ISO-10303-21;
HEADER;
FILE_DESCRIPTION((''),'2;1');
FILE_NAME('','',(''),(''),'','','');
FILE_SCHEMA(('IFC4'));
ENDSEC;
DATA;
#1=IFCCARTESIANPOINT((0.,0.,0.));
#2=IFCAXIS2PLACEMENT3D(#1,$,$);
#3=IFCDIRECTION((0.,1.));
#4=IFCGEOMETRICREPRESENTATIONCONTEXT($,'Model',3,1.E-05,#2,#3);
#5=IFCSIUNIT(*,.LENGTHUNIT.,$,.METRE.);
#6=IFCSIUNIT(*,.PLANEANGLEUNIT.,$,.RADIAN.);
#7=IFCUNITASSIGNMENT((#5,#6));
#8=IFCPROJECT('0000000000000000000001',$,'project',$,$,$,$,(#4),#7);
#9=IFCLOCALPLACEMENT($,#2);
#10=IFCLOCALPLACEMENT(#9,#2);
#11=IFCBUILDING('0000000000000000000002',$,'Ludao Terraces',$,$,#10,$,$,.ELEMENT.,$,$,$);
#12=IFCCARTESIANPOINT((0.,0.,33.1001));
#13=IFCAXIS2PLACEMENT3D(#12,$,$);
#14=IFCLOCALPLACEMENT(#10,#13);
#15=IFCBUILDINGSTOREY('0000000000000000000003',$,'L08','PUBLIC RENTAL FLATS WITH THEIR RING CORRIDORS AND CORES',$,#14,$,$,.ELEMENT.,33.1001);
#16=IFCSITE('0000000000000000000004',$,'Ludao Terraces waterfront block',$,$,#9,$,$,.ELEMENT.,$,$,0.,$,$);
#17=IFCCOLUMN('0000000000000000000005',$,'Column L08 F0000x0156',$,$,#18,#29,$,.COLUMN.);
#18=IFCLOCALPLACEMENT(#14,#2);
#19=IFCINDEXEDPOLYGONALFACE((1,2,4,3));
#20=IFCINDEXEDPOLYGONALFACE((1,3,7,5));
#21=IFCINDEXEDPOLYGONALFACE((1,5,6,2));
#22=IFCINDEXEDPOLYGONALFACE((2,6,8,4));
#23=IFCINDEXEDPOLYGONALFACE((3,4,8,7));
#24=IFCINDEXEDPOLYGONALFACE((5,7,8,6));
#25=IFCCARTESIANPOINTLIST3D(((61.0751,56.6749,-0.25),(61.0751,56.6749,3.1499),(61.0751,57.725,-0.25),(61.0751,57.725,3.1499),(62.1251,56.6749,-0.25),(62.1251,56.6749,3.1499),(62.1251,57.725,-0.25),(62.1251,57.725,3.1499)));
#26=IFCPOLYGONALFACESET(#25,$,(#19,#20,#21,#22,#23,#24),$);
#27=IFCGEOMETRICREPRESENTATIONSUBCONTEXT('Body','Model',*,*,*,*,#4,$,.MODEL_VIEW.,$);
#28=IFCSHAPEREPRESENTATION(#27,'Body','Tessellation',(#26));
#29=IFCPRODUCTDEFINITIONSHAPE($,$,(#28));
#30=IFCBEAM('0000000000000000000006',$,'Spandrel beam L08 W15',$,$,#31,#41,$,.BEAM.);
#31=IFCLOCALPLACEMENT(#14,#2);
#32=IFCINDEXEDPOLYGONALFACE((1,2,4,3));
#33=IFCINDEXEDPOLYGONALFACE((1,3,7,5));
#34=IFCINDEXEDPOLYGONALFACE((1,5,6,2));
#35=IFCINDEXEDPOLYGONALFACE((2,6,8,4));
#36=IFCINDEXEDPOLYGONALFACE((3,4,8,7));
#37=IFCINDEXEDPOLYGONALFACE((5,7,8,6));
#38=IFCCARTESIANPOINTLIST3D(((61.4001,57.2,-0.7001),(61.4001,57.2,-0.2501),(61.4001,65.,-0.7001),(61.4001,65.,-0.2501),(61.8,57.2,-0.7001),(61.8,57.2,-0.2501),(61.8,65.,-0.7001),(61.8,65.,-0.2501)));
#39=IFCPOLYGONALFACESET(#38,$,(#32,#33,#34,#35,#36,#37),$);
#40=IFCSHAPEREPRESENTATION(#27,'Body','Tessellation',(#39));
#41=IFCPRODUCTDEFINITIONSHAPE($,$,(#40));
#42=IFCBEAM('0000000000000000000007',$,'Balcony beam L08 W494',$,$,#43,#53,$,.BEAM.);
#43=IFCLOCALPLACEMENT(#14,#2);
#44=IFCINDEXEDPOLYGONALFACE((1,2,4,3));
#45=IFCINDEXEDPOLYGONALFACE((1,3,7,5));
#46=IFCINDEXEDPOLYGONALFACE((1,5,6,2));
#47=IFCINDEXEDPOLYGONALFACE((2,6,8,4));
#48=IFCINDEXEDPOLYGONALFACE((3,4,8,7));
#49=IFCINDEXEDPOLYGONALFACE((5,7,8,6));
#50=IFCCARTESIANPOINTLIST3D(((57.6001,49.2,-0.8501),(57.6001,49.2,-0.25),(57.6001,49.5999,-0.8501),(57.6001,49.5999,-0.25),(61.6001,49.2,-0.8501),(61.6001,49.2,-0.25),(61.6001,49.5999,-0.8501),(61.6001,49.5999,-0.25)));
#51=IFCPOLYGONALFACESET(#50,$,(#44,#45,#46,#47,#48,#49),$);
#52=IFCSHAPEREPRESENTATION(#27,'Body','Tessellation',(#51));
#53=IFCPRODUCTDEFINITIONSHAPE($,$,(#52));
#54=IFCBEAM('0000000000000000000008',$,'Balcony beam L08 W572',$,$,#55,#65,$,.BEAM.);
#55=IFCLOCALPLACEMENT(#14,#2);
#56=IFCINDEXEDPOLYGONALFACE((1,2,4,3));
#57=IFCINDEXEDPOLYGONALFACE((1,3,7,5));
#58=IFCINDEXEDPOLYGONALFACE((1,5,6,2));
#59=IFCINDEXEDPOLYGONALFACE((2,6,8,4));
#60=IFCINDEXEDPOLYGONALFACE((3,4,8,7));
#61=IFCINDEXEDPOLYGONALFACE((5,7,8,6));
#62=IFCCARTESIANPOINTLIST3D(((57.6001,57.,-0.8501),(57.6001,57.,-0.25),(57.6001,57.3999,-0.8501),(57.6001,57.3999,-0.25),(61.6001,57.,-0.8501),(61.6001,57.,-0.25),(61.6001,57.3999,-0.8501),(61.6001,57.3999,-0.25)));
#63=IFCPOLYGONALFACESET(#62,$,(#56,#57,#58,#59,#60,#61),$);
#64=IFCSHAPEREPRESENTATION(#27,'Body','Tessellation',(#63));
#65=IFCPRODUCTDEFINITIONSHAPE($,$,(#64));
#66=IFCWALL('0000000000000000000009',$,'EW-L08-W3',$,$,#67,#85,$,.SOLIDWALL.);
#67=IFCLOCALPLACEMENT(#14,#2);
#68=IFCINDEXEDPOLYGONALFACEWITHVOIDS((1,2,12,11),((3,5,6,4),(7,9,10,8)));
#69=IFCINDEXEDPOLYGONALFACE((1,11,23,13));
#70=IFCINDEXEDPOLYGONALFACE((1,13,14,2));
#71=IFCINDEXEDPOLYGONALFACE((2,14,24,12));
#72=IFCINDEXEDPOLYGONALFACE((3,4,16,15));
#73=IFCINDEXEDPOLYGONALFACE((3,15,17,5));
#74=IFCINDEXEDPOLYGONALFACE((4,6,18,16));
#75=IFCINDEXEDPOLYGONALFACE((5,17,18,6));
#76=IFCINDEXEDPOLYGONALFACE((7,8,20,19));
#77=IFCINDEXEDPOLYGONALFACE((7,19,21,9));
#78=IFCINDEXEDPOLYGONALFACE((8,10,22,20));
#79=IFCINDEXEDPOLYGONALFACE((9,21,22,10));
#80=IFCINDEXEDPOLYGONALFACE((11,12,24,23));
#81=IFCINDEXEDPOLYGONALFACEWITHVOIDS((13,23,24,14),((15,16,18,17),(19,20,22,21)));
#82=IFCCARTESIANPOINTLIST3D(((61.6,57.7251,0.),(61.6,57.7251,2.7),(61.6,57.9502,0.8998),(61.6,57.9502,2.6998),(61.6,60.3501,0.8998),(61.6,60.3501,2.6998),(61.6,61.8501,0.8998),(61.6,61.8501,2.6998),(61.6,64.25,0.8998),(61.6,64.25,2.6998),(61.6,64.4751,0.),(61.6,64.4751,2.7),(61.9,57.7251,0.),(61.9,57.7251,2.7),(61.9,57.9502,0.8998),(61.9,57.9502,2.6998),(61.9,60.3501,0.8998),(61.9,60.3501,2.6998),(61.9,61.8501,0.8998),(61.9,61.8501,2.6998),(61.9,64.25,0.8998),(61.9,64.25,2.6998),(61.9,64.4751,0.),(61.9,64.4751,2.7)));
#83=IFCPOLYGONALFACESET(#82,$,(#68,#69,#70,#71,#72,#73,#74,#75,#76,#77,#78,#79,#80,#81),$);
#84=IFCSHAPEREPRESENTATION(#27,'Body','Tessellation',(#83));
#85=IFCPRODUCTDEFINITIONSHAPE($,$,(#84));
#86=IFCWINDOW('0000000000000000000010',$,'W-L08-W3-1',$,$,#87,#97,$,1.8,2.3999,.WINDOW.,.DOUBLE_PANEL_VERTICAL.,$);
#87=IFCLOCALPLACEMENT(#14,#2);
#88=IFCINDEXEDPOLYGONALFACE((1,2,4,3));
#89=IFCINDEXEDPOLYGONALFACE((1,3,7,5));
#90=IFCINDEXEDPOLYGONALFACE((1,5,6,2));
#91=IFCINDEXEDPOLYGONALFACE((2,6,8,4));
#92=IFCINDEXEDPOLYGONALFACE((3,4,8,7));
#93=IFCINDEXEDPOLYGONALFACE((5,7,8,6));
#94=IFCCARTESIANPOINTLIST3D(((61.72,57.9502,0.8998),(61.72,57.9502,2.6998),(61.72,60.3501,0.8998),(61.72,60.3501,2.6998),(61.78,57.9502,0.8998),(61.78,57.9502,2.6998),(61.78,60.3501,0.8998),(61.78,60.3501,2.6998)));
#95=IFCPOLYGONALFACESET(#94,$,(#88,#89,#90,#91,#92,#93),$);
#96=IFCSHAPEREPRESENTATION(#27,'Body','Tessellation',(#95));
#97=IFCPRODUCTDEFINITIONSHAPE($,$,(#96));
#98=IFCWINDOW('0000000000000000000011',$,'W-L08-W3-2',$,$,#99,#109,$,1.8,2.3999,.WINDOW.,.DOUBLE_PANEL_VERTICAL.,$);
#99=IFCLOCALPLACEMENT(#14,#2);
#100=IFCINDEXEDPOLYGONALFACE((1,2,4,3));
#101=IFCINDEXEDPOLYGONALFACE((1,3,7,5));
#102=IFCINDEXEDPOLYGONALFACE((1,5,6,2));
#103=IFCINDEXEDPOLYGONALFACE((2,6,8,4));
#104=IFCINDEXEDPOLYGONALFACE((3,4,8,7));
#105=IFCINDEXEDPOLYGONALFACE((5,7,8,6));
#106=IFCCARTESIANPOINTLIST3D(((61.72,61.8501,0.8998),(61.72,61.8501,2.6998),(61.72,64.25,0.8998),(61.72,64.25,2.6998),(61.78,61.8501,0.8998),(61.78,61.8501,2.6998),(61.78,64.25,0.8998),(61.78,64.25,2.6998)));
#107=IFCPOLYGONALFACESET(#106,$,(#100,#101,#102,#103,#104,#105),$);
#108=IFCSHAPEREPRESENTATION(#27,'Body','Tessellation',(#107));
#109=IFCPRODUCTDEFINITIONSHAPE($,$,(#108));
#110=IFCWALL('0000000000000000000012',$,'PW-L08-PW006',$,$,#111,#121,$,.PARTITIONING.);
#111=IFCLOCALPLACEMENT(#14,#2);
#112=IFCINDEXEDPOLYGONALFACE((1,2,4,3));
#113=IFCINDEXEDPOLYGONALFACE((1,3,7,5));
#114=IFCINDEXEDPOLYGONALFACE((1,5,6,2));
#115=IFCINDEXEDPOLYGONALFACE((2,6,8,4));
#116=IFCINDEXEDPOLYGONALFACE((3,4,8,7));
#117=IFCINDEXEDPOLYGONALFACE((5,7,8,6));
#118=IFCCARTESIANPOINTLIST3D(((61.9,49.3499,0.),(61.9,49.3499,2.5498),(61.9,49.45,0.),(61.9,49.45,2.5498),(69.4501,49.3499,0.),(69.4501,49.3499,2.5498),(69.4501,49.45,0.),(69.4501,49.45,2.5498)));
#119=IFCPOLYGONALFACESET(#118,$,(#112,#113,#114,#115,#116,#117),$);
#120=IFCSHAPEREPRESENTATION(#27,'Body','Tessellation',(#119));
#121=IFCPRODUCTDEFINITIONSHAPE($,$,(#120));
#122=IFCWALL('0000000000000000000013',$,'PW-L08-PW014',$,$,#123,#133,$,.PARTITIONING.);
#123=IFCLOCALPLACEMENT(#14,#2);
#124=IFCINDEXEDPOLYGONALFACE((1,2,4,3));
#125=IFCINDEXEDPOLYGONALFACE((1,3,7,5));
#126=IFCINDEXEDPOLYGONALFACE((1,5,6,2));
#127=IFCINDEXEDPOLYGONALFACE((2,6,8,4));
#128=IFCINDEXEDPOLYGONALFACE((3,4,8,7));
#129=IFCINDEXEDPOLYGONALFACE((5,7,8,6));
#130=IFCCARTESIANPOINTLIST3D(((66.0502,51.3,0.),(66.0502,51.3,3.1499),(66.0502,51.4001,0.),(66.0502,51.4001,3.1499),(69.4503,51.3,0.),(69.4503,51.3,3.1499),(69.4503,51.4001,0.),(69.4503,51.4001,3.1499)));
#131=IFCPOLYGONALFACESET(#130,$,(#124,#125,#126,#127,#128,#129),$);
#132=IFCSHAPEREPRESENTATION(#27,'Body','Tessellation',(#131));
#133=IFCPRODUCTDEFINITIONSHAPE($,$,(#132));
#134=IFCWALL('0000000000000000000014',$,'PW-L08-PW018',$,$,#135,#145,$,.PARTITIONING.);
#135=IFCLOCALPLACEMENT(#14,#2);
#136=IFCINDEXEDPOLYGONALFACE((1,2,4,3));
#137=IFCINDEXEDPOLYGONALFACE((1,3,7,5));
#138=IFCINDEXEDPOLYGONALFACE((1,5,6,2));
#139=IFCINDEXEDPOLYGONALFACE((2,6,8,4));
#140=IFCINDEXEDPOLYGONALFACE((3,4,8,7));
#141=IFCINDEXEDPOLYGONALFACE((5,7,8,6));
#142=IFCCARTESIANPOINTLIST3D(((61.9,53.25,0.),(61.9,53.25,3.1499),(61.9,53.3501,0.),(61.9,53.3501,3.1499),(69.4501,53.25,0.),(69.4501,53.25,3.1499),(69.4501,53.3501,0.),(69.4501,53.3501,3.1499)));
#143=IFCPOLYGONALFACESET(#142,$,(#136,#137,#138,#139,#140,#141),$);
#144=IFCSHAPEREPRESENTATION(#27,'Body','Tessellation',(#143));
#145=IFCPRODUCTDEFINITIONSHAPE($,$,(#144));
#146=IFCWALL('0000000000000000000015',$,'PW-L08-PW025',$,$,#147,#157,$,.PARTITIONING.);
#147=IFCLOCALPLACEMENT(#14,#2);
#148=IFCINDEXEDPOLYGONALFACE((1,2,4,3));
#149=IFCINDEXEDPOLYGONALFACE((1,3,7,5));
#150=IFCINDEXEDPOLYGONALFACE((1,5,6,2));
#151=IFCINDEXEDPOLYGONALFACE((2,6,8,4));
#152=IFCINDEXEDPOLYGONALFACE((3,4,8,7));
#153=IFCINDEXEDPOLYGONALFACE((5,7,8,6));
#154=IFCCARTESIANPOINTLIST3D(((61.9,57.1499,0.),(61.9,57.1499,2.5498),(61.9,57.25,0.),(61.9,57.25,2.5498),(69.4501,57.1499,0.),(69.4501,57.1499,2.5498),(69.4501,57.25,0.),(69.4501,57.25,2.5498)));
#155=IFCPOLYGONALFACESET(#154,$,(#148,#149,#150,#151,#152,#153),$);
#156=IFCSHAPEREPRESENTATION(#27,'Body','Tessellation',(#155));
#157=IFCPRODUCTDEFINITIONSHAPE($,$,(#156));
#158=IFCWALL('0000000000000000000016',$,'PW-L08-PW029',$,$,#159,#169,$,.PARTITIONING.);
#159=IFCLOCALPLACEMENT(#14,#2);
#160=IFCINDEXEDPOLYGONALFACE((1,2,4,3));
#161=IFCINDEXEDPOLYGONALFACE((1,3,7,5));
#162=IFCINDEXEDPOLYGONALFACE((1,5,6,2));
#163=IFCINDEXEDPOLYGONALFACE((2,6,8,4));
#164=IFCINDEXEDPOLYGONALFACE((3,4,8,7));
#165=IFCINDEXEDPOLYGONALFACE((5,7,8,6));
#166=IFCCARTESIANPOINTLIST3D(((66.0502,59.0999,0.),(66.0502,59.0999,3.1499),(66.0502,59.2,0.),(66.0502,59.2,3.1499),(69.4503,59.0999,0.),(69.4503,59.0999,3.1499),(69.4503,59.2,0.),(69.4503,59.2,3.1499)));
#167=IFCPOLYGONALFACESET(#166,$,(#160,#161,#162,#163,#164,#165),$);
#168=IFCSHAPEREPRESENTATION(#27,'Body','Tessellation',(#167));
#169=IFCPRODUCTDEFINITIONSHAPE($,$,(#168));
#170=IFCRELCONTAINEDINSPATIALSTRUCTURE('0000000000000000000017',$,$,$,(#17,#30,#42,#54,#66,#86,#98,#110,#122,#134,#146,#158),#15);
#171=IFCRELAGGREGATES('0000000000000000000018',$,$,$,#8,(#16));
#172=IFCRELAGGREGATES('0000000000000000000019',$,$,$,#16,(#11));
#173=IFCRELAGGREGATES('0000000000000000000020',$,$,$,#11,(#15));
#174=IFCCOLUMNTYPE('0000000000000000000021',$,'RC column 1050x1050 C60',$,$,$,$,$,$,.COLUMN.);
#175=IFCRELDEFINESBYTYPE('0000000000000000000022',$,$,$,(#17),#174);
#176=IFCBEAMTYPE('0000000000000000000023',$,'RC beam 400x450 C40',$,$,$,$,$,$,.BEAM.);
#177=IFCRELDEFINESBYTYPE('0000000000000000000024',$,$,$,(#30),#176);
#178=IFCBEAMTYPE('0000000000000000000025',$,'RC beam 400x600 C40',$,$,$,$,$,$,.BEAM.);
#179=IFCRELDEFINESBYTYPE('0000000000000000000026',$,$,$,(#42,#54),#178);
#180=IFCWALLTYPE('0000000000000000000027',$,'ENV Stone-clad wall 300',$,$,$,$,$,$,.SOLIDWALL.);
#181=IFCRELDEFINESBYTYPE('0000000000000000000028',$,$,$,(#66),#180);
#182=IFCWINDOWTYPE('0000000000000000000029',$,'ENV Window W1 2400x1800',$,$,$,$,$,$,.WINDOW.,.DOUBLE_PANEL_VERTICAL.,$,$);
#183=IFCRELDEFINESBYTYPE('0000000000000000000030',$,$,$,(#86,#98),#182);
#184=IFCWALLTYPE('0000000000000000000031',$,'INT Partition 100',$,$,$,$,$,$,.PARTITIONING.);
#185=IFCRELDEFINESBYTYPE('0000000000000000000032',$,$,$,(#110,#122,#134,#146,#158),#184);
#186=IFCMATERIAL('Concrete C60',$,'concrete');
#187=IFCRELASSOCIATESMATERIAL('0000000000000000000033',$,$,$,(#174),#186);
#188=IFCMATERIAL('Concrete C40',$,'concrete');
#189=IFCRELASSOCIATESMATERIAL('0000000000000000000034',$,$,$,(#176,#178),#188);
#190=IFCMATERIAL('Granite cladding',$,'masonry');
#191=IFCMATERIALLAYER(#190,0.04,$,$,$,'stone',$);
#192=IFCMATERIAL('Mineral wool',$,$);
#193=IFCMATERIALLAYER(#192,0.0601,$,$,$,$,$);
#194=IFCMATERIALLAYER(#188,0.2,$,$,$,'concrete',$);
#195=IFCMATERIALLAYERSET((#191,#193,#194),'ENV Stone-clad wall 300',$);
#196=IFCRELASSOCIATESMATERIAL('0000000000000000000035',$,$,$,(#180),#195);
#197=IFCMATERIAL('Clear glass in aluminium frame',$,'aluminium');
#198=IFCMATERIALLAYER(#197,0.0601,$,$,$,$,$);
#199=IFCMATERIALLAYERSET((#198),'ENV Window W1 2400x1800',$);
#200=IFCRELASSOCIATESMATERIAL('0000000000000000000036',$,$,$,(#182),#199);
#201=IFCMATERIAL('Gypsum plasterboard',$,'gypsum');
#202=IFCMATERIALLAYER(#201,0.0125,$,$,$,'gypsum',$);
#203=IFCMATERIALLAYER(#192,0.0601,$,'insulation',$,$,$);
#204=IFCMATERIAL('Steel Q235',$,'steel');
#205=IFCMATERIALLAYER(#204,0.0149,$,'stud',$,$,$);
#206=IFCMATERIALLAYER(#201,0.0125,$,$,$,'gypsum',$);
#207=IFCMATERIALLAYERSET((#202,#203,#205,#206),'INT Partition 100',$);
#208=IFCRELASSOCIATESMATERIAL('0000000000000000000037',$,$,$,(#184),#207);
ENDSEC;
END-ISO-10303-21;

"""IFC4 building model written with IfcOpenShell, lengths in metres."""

from ifc_helpers import new_model, si_unit, direction, frame, frame_2d, origin, origin_2d, place, context, subcontext, project, spatial, rectangle, extrude, material, layer, layer_set, material_profile, profile_set, type_object, element, fill, save


model = new_model("IFC4")

# Units and contexts
model_context = context("Model", 3, precision=1e-05, world=origin(), true_north=direction((0.0, 1.0)))
body_context = subcontext(model_context, "Body", "Model", "MODEL_VIEW")
ifc_project = project(units=[si_unit("LENGTHUNIT", "METRE"), si_unit("PLANEANGLEUNIT", "RADIAN")], contexts=[model_context])

# Site, building, storey
site_placement = place(None, origin())
site = spatial("IfcSite", under=ifc_project, at=site_placement, Name="Ludao Terraces waterfront block", CompositionType="ELEMENT", RefElevation=0.0)
building_placement = place(site_placement, origin())
building = spatial("IfcBuilding", under=site, at=building_placement, Name="Ludao Terraces", CompositionType="ELEMENT")
storey_placement = place(building_placement, frame((0.0, 0.0, 33.1001)))
storey = spatial("IfcBuildingStorey", under=building, at=storey_placement, Name="L08", Description="PUBLIC RENTAL FLATS WITH THEIR RING CORRIDORS AND CORES", CompositionType="ELEMENT", Elevation=33.1001)

# Column
ifc_material_1 = material(Name="Concrete C60", Category="concrete")
ifc_material_profile_1 = material_profile(ifc_material_1, rectangle(XDim=1.05, YDim=1.05, at=origin_2d()), Name="1050 X 1050")
ifc_profile_set_1 = profile_set([ifc_material_profile_1], Name="Concrete C60")
column_type = type_object("IfcColumnType", Name="RC column 1050x1050 C60", PredefinedType="COLUMN", material=ifc_profile_set_1)
column_placement = place(storey_placement, frame((61.6001, 57.2, -0.25), z_axis=(0.0, 0.0, 1.0), x_axis=(1.0, 0.0, 0.0)))
element("IfcColumn", 1, at=column_placement, inside=storey, type_object=column_type, Name="Column L08 F0000x0156", PredefinedType="COLUMN", context=body_context, shape_type="SweptSolid", body=[
    extrude(rectangle(XDim=1.05, YDim=1.05, at=origin_2d()), origin(), (0.0, 0.0, 1.0), 3.3999),
])

# Beams
ifc_material_2 = material(Name="Concrete C40", Category="concrete")
ifc_material_profile_2 = material_profile(ifc_material_2, rectangle(XDim=0.3999, YDim=0.45, at=origin_2d()), Name="400 X 450")
ifc_profile_set_2 = profile_set([ifc_material_profile_2], Name="Concrete C40")
beam_type_1 = type_object("IfcBeamType", Name="RC beam 400x450 C40", PredefinedType="BEAM", material=ifc_profile_set_2)
beam_placement = place(storey_placement, frame((61.6001, 57.2, -0.4751), z_axis=(0.0, 1.0, 0.0), x_axis=(-1.0, 0.0, 0.0)))
element("IfcBeam", 2, at=beam_placement, inside=storey, type_object=beam_type_1, Name="Spandrel beam L08 W15", PredefinedType="BEAM", context=body_context, shape_type="SweptSolid", body=[
    extrude(rectangle(XDim=0.3999, YDim=0.45, at=origin_2d()), origin(), (0.0, 0.0, 1.0), 7.8),
])
ifc_material_profile_3 = material_profile(ifc_material_2, rectangle(XDim=0.3999, YDim=0.6001, at=origin_2d()), Name="400 X 600")
ifc_profile_set_3 = profile_set([ifc_material_profile_3], Name="Concrete C40")
beam_type_2 = type_object("IfcBeamType", Name="RC beam 400x600 C40", PredefinedType="BEAM", material=ifc_profile_set_3)
for number, where, z_axis, x_axis, name in (
    (3, (61.6001, 49.3999, -0.55), (-1.0, 0.0, 0.0), (0.0, -1.0, 0.0), "Balcony beam L08 W494"),
    (4, (61.6001, 57.2, -0.55), (-1.0, 0.0, 0.0), (0.0, -1.0, 0.0), "Balcony beam L08 W572"),
):
    element("IfcBeam", number, at=place(storey_placement, frame(where, z_axis=z_axis, x_axis=x_axis)), inside=storey, type_object=beam_type_2, Name=name, PredefinedType="BEAM", context=body_context, shape_type="SweptSolid", body=[
        extrude(rectangle(XDim=0.3999, YDim=0.6001, at=origin_2d()), origin(), (0.0, 0.0, 1.0), 4.0),
    ])

# Shared definitions
ifc_material_3 = material(Name="Granite cladding", Category="masonry")
ifc_layer_1 = layer(ifc_material_3, 0.04, Category="stone")
ifc_material_4 = material(Name="Mineral wool")
ifc_layer_2 = layer(ifc_material_4, 0.0601)
ifc_layer_3 = layer(ifc_material_2, 0.2, Category="concrete")
ifc_layer_set_1 = layer_set([ifc_layer_1, ifc_layer_2, ifc_layer_3], Name="ENV Stone-clad wall 300")
wall_type_1 = type_object("IfcWallType", Name="ENV Stone-clad wall 300", PredefinedType="SOLIDWALL", material=ifc_layer_set_1)
ifc_material_5 = material(Name="Clear glass in aluminium frame", Category="aluminium")
ifc_layer_4 = layer(ifc_material_5, 0.0601)
ifc_layer_set_2 = layer_set([ifc_layer_4], Name="ENV Window W1 2400x1800")
window_type = type_object("IfcWindowType", Name="ENV Window W1 2400x1800", PartitioningType="DOUBLE_PANEL_VERTICAL", PredefinedType="WINDOW", material=ifc_layer_set_2)

# Wall, openings, windows
wall_1_placement = place(storey_placement, frame((61.75, 57.7251, 0.0), z_axis=(0.0, 0.0, 1.0), x_axis=(0.0, 1.0, 0.0)))
wall_1 = element("IfcWall", 5, at=wall_1_placement, inside=storey, type_object=wall_type_1, Name="EW-L08-W3", PredefinedType="SOLIDWALL", context=body_context, shape_type="SweptSolid", body=[
    extrude(rectangle(XDim=6.75, YDim=0.3, at=frame_2d((3.375, 0.0))), origin(), (0.0, 0.0, 1.0), 2.7),
])
opening_1_placement = place(wall_1_placement, frame((0.2251, 0.0, 0.8999)))
opening_1 = element("IfcOpeningElement", 6, at=opening_1_placement, cuts=wall_1, PredefinedType="OPENING", context=body_context, shape_type="SweptSolid", body=[
    extrude(rectangle(XDim=2.3999, YDim=1.8, at=frame_2d((1.2, 0.8999))), frame((0.0, 0.1602, 0.0), z_axis=(0.0, -1.0, 0.0), x_axis=(1.0, 0.0, 0.0)), (0.0, 0.0, 1.0), 0.3201),
])
opening_2_placement = place(wall_1_placement, frame((4.125, 0.0, 0.8999)))
opening_2 = element("IfcOpeningElement", 7, at=opening_2_placement, cuts=wall_1, PredefinedType="OPENING", context=body_context, shape_type="SweptSolid", body=[
    extrude(rectangle(XDim=2.3999, YDim=1.8, at=frame_2d((1.2, 0.8999))), frame((0.0, 0.1602, 0.0), z_axis=(0.0, -1.0, 0.0), x_axis=(1.0, 0.0, 0.0)), (0.0, 0.0, 1.0), 0.3201),
])
window_1_placement = place(opening_1_placement, origin())
window_1 = element("IfcWindow", 8, at=window_1_placement, inside=storey, type_object=window_type, Name="W-L08-W3-1", OverallHeight=1.8, OverallWidth=2.3999, PartitioningType="DOUBLE_PANEL_VERTICAL", PredefinedType="WINDOW", context=body_context, shape_type="SweptSolid", body=[
    extrude(rectangle(XDim=2.3999, YDim=1.8, at=frame_2d((1.2, 0.8999))), frame((0.0, 0.03, 0.0), z_axis=(0.0, -1.0, 0.0), x_axis=(1.0, 0.0, 0.0)), (0.0, 0.0, 1.0), 0.0601),
])
fill(opening_1, window_1)
window_2_placement = place(opening_2_placement, origin())
window_2 = element("IfcWindow", 9, at=window_2_placement, inside=storey, type_object=window_type, Name="W-L08-W3-2", OverallHeight=1.8, OverallWidth=2.3999, PartitioningType="DOUBLE_PANEL_VERTICAL", PredefinedType="WINDOW", context=body_context, shape_type="SweptSolid", body=[
    extrude(rectangle(XDim=2.3999, YDim=1.8, at=frame_2d((1.2, 0.8999))), frame((0.0, 0.03, 0.0), z_axis=(0.0, -1.0, 0.0), x_axis=(1.0, 0.0, 0.0)), (0.0, 0.0, 1.0), 0.0601),
])
fill(opening_2, window_2)

# Walls
ifc_material_6 = material(Name="Gypsum plasterboard", Category="gypsum")
ifc_layer_5 = layer(ifc_material_6, 0.0125, Category="gypsum")
ifc_layer_6 = layer(ifc_material_4, 0.0601, Name="insulation")
ifc_material_7 = material(Name="Steel Q235", Category="steel")
ifc_layer_7 = layer(ifc_material_7, 0.0149, Name="stud")
ifc_layer_8 = layer(ifc_material_6, 0.0125, Category="gypsum")
ifc_layer_set_3 = layer_set([ifc_layer_5, ifc_layer_6, ifc_layer_7, ifc_layer_8], Name="INT Partition 100")
wall_type_2 = type_object("IfcWallType", Name="INT Partition 100", PredefinedType="PARTITIONING", material=ifc_layer_set_3)
wall_2_placement = place(storey_placement, frame((61.9001, 49.3999, 0.0), z_axis=(0.0, 0.0, 1.0), x_axis=(1.0, 0.0, 0.0)))
element("IfcWall", 10, at=wall_2_placement, inside=storey, type_object=wall_type_2, Name="PW-L08-PW006", PredefinedType="PARTITIONING", context=body_context, shape_type="SweptSolid", body=[
    extrude(rectangle(XDim=7.55, YDim=0.1001, at=frame_2d((3.7749, 0.0))), origin(), (0.0, 0.0, 1.0), 2.5498),
])
wall_3_placement = place(storey_placement, frame((66.05, 51.3501, 0.0), z_axis=(0.0, 0.0, 1.0), x_axis=(1.0, 0.0, 0.0)))
element("IfcWall", 11, at=wall_3_placement, inside=storey, type_object=wall_type_2, Name="PW-L08-PW014", PredefinedType="PARTITIONING", context=body_context, shape_type="SweptSolid", body=[
    extrude(rectangle(XDim=3.4001, YDim=0.1001, at=frame_2d((1.7002, 0.0))), origin(), (0.0, 0.0, 1.0), 3.1499),
])
wall_4_placement = place(storey_placement, frame((61.9001, 53.3, 0.0), z_axis=(0.0, 0.0, 1.0), x_axis=(1.0, 0.0, 0.0)))
element("IfcWall", 12, at=wall_4_placement, inside=storey, type_object=wall_type_2, Name="PW-L08-PW018", PredefinedType="PARTITIONING", context=body_context, shape_type="SweptSolid", body=[
    extrude(rectangle(XDim=7.55, YDim=0.1001, at=frame_2d((3.7749, 0.0))), origin(), (0.0, 0.0, 1.0), 3.1499),
])
wall_5_placement = place(storey_placement, frame((61.9001, 57.2, 0.0), z_axis=(0.0, 0.0, 1.0), x_axis=(1.0, 0.0, 0.0)))
element("IfcWall", 13, at=wall_5_placement, inside=storey, type_object=wall_type_2, Name="PW-L08-PW025", PredefinedType="PARTITIONING", context=body_context, shape_type="SweptSolid", body=[
    extrude(rectangle(XDim=7.55, YDim=0.1001, at=frame_2d((3.7749, 0.0))), origin(), (0.0, 0.0, 1.0), 2.5498),
])
for number, where, z_axis, x_axis, name in (
    (14, (66.05, 59.1499, 0.0), (0.0, 0.0, 1.0), (1.0, 0.0, 0.0), "PW-L08-PW029"),
):
    element("IfcWall", number, at=place(storey_placement, frame(where, z_axis=z_axis, x_axis=x_axis)), inside=storey, type_object=wall_type_2, Name=name, PredefinedType="PARTITIONING", context=body_context, shape_type="SweptSolid", body=[
        extrude(rectangle(XDim=3.4001, YDim=0.1001, at=frame_2d((1.7002, 0.0))), origin(), (0.0, 0.0, 1.0), 3.1499),
    ])

save(model, "model.ifc")
